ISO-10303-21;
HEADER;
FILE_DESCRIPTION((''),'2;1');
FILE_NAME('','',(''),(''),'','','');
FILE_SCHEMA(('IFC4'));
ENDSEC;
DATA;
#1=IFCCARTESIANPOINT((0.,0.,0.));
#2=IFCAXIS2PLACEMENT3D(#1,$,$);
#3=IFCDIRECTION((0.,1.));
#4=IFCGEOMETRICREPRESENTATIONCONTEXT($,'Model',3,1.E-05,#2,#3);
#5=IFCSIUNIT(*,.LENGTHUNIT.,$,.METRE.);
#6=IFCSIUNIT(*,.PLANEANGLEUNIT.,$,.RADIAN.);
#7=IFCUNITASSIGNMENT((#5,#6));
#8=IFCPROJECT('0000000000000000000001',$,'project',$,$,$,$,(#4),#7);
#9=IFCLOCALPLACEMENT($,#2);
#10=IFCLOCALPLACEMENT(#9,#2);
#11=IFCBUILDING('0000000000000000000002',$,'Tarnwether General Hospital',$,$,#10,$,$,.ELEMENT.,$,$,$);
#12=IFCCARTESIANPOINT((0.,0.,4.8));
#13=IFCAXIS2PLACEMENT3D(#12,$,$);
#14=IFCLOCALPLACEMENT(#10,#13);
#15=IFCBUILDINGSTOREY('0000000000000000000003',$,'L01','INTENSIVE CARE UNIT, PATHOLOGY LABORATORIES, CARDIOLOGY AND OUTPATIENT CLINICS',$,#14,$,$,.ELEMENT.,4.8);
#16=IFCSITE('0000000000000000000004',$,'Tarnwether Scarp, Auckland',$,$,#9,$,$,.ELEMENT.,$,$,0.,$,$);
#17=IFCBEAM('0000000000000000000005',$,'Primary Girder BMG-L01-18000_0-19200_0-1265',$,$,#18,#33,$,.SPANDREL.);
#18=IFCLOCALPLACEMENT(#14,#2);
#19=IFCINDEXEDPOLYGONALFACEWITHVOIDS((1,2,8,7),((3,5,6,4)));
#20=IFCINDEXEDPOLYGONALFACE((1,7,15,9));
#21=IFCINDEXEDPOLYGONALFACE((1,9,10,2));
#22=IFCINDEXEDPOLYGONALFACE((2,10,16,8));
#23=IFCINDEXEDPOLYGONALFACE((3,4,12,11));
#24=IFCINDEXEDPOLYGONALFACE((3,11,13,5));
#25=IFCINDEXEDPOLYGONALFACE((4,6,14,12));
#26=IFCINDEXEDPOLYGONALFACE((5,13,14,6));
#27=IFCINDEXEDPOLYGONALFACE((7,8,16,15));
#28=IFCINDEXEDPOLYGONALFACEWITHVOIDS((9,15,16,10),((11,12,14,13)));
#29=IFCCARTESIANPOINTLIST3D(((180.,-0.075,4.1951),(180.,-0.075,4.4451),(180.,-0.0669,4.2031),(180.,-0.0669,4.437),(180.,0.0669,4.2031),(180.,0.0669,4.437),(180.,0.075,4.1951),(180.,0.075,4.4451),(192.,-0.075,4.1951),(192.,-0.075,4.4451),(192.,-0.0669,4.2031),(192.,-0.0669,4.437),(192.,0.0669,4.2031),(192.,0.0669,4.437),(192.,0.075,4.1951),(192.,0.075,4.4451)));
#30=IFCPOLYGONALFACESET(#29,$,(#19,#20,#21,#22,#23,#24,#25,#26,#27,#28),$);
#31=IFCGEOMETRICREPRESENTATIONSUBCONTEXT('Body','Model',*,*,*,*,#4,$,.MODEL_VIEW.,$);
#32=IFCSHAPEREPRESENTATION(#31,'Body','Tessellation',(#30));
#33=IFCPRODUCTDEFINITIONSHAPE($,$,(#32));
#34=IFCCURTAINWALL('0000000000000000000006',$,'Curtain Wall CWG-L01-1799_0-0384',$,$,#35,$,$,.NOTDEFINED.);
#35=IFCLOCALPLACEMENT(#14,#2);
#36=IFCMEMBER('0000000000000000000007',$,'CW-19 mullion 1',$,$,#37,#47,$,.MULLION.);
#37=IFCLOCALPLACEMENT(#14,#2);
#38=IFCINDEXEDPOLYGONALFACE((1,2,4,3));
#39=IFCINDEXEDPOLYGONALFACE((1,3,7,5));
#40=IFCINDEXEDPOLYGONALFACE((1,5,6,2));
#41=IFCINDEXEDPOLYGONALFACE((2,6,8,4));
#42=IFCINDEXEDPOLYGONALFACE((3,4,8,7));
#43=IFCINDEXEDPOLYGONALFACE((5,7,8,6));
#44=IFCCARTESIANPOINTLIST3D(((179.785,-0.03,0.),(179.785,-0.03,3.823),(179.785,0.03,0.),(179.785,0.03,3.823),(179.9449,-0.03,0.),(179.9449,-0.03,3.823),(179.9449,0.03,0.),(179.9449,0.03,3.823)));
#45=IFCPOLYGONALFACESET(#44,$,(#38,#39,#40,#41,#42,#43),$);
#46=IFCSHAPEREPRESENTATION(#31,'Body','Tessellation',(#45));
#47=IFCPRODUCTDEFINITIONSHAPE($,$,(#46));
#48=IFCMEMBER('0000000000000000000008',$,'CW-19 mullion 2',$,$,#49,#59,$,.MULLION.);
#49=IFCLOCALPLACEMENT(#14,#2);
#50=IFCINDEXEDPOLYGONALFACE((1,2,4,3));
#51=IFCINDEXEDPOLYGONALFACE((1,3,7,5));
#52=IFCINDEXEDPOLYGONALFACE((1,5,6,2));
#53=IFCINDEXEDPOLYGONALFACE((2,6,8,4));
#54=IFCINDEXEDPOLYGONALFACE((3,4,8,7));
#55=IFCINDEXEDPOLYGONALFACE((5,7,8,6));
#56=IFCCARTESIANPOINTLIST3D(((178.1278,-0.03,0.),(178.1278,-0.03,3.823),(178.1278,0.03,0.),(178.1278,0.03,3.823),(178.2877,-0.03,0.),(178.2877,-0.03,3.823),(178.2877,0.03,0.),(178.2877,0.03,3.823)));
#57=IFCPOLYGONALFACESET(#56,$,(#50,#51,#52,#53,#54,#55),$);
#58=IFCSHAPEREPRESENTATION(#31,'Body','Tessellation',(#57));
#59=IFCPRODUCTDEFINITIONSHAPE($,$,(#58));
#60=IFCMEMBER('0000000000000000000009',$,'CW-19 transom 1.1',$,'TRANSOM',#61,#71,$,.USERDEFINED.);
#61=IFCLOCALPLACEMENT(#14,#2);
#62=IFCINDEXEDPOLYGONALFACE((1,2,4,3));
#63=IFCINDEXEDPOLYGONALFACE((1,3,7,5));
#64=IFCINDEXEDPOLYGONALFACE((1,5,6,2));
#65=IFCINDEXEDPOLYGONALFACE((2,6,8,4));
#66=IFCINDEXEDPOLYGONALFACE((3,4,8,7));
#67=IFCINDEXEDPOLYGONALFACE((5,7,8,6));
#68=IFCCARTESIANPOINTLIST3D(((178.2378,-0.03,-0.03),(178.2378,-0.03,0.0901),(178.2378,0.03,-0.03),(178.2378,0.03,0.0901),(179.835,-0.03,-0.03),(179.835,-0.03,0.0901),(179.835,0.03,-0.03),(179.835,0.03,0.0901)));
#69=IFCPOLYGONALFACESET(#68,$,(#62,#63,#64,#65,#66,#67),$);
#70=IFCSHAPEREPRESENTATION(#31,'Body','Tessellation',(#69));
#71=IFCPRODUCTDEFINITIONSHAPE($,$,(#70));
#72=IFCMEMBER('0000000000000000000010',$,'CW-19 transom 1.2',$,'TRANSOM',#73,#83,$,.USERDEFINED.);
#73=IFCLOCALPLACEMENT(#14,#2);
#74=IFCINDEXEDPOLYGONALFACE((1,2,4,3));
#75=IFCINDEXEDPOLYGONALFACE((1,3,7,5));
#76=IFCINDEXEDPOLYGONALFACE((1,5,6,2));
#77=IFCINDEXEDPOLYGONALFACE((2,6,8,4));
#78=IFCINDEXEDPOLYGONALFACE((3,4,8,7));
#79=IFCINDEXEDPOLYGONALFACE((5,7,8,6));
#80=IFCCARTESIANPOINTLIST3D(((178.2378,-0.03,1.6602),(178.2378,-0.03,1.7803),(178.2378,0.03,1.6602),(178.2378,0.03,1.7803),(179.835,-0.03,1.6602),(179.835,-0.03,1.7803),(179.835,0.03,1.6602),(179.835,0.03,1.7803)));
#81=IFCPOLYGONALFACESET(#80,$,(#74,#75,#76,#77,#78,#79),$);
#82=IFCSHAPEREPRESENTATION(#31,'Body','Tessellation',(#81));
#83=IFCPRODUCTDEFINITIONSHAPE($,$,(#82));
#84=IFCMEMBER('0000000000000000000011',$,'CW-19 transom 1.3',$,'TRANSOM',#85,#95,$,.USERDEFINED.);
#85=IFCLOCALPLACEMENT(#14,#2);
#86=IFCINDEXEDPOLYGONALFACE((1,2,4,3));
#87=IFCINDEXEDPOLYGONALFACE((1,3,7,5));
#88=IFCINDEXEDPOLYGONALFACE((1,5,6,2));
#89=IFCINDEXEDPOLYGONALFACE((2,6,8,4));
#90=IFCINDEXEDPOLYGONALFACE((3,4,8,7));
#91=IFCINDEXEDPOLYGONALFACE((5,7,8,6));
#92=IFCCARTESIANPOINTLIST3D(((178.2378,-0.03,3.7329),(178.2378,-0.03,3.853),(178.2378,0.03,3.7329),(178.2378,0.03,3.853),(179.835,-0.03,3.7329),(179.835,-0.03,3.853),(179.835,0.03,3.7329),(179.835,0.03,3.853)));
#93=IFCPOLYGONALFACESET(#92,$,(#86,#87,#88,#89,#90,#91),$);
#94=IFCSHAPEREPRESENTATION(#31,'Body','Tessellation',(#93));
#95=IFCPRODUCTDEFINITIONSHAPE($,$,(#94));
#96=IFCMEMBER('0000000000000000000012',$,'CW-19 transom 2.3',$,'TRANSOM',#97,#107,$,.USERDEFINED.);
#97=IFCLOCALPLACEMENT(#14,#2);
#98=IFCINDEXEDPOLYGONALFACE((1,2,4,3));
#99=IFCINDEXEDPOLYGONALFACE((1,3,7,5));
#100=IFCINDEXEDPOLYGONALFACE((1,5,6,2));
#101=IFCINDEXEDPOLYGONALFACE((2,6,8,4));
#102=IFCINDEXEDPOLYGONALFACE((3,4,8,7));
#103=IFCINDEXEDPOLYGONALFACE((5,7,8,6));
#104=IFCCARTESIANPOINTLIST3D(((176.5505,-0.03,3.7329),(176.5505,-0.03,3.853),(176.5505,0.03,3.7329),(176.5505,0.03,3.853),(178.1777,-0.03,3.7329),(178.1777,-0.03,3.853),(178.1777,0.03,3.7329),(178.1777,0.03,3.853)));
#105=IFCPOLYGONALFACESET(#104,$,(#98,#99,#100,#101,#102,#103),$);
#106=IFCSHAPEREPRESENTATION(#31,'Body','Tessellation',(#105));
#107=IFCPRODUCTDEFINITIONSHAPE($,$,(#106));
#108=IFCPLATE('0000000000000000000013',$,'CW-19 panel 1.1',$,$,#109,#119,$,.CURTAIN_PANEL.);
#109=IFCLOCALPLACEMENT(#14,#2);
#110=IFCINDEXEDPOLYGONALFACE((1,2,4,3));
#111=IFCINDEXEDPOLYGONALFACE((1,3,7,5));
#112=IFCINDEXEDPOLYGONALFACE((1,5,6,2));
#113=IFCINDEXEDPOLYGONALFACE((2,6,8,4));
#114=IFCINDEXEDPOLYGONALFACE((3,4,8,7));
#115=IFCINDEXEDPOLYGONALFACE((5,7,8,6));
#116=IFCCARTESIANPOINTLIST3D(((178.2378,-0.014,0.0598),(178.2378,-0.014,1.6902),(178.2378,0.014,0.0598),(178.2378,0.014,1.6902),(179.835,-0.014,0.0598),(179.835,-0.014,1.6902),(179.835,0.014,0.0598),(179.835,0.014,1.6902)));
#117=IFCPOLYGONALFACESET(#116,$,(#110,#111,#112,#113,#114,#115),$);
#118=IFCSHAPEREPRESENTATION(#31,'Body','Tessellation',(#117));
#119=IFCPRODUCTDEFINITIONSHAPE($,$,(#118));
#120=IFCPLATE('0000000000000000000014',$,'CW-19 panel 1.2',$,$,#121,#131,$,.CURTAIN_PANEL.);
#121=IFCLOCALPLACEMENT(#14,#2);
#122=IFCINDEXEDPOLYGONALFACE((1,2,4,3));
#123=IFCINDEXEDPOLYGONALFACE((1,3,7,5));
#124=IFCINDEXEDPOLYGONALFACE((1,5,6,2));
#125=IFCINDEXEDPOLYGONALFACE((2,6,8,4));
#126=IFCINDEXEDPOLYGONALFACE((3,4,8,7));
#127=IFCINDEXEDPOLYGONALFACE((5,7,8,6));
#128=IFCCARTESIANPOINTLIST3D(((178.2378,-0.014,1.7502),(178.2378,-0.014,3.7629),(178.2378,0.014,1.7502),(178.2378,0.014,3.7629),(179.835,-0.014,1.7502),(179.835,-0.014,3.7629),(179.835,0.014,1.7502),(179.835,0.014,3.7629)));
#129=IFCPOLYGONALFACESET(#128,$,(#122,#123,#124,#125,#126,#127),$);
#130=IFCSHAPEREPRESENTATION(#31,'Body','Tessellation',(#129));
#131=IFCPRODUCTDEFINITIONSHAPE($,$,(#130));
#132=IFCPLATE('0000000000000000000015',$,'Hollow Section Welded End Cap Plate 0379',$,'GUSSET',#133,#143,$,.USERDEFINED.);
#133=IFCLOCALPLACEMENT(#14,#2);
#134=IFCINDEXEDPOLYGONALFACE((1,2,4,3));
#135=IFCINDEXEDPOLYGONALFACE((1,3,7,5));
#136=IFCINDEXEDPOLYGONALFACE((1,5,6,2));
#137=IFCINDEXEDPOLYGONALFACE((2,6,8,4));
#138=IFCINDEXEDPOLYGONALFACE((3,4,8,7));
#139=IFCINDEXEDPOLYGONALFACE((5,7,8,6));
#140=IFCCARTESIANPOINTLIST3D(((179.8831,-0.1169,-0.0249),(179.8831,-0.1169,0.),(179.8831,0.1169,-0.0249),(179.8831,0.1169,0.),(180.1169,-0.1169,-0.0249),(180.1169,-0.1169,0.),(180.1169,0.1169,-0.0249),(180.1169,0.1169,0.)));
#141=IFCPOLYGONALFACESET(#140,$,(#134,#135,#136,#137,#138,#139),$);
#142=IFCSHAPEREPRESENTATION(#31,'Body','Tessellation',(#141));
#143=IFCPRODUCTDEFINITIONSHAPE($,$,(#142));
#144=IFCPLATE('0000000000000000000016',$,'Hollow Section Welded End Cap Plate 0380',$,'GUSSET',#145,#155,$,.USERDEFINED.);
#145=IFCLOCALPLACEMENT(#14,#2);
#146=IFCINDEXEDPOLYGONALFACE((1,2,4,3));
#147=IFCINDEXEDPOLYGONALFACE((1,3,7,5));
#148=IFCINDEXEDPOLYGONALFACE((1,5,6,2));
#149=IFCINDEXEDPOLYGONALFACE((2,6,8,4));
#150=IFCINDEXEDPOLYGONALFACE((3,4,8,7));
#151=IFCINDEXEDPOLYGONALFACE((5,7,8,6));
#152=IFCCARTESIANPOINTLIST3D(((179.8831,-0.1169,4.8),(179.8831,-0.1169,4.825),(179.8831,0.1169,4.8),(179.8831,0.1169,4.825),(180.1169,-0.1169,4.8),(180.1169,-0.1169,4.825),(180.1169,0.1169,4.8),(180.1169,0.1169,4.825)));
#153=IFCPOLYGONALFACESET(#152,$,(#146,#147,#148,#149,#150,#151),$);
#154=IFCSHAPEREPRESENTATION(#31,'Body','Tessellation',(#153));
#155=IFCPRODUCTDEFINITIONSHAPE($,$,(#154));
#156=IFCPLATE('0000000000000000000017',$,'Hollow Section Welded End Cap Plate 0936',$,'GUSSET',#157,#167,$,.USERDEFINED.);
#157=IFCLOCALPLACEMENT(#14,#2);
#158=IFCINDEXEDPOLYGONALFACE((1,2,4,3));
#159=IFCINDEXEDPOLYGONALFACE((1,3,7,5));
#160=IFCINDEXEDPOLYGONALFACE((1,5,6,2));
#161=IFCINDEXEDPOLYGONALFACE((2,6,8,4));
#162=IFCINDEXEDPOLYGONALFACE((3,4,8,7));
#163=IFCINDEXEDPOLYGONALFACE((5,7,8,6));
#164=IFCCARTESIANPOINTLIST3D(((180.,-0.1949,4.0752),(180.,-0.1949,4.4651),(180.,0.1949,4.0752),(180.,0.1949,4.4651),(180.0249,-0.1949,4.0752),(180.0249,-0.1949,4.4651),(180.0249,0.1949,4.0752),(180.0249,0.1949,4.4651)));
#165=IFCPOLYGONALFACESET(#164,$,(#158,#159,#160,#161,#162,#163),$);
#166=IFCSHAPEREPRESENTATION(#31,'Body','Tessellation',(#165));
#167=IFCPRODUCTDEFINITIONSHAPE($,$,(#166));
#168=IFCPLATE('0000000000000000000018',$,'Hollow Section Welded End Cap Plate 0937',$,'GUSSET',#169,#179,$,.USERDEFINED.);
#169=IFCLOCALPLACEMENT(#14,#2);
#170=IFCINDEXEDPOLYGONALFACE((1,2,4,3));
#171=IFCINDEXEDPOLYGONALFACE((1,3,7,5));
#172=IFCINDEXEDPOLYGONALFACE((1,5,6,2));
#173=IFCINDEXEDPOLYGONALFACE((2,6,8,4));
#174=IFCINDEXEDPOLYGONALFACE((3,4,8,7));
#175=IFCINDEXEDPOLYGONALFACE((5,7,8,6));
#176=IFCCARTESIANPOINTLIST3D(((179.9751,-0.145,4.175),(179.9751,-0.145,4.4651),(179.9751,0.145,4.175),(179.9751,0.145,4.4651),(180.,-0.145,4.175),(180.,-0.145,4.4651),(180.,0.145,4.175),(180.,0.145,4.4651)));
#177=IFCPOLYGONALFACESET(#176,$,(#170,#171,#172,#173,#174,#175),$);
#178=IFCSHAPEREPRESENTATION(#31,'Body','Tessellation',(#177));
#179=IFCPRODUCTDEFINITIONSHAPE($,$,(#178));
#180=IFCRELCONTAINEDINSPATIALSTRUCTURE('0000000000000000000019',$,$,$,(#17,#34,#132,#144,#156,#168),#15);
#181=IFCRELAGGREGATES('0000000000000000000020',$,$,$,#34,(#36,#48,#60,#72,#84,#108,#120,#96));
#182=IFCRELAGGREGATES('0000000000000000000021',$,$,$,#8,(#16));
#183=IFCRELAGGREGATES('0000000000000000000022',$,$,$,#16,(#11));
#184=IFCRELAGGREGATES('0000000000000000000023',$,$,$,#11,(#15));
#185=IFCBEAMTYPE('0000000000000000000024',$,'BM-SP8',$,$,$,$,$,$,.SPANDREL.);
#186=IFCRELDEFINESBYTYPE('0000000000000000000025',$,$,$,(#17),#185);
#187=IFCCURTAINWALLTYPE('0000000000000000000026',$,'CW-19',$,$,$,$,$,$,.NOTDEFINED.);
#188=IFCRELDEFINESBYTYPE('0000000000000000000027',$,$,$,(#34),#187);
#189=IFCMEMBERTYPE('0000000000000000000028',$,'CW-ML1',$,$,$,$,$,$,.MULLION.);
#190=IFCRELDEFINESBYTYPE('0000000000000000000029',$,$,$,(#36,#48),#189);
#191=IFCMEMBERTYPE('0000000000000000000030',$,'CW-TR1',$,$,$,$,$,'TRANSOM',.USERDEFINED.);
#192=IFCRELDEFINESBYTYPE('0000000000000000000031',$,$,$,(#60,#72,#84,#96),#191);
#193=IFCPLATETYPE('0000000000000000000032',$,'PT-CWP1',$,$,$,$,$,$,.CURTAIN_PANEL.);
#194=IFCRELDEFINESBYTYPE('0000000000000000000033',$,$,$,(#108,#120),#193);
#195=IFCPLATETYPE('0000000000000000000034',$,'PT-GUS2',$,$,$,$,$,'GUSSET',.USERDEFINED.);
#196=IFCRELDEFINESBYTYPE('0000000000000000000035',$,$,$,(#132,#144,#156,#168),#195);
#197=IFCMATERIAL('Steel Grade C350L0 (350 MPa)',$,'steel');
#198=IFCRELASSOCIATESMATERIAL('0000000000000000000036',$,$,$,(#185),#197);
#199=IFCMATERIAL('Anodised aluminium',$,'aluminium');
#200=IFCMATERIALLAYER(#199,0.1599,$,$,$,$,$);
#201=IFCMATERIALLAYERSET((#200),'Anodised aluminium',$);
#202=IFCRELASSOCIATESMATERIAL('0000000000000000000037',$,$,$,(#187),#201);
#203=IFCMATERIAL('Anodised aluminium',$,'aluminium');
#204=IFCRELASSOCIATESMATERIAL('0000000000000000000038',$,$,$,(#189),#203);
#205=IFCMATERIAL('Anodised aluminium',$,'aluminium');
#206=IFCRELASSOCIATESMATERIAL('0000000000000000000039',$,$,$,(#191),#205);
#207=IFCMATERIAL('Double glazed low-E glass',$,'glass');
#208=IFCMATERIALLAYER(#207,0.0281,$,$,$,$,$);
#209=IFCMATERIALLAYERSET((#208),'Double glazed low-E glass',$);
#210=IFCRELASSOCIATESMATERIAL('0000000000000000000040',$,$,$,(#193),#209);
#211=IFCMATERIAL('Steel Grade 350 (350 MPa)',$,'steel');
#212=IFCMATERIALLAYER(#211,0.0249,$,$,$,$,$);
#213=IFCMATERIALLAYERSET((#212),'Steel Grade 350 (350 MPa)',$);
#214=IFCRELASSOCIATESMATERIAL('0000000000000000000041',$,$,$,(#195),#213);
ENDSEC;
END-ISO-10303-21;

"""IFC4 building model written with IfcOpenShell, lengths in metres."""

from ifc_helpers import new_model, si_unit, direction, frame, origin, origin_2d, place, context, subcontext, project, spatial, rectangle, hollow_rectangle, extrude, material, layer, layer_set, material_profile, profile_set, type_object, element, aggregate, save


model = new_model("IFC4")

# Units and contexts
model_context = context("Model", 3, precision=1e-05, world=origin(), true_north=direction((0.0, 1.0)))
body_context = subcontext(model_context, "Body", "Model", "MODEL_VIEW")
ifc_project = project(units=[si_unit("LENGTHUNIT", "METRE"), si_unit("PLANEANGLEUNIT", "RADIAN")], contexts=[model_context])

# Site, building, storey
site_placement = place(None, origin())
site = spatial("IfcSite", under=ifc_project, at=site_placement, Name="Tarnwether Scarp, Auckland", CompositionType="ELEMENT", RefElevation=0.0)
building_placement = place(site_placement, origin())
building = spatial("IfcBuilding", under=site, at=building_placement, Name="Tarnwether General Hospital", CompositionType="ELEMENT")
storey_placement = place(building_placement, frame((0.0, 0.0, 4.8)))
storey = spatial("IfcBuildingStorey", under=building, at=storey_placement, Name="L01", Description="INTENSIVE CARE UNIT, PATHOLOGY LABORATORIES, CARDIOLOGY AND OUTPATIENT CLINICS", CompositionType="ELEMENT", Elevation=4.8)

# Beam
ifc_material_1 = material(Name="Steel Grade C350L0 (350 MPa)", Category="steel")
ifc_material_profile_1 = material_profile(ifc_material_1, hollow_rectangle(XDim=0.1499, YDim=0.25, WallThickness=0.0081, at=origin_2d()), Name="RHS250x150x8")
ifc_profile_set_1 = profile_set([ifc_material_profile_1], Name="Steel Grade C350L0 (350 MPa)")
beam_type_1 = type_object("IfcBeamType", Name="BM-SP8", PredefinedType="SPANDREL", material=ifc_profile_set_1)
beam_1_placement = place(storey_placement, frame((180.0, 0.0, 4.3201), z_axis=(1.0, 0.0, 0.0), x_axis=(0.0, 1.0, 0.0)))
element("IfcBeam", 1, at=beam_1_placement, inside=storey, type_object=beam_type_1, Name="Primary Girder BMG-L01-18000_0-19200_0-1265", PredefinedType="SPANDREL", context=body_context, shape_type="SweptSolid", body=[
    extrude(hollow_rectangle(XDim=0.1499, YDim=0.25, WallThickness=0.0081, at=origin_2d()), origin(), (0.0, 0.0, 1.0), 12.0),
])

# Curtain wall, members, plates
ifc_material_2 = material(Name="Anodised aluminium", Category="aluminium")
ifc_layer_1 = layer(ifc_material_2, 0.1599)
ifc_layer_set_1 = layer_set([ifc_layer_1], Name="Anodised aluminium")
curtain_wall_type = type_object("IfcCurtainWallType", Name="CW-19", PredefinedType="NOTDEFINED", material=ifc_layer_set_1)
curtain_wall_placement = place(storey_placement, origin())
curtain_wall = element("IfcCurtainWall", 2, at=curtain_wall_placement, inside=storey, type_object=curtain_wall_type, Name="Curtain Wall CWG-L01-1799_0-0384", PredefinedType="NOTDEFINED")
ifc_material_3 = material(Name="Anodised aluminium", Category="aluminium")
ifc_material_profile_2 = material_profile(ifc_material_3, rectangle(XDim=0.0601, YDim=0.1599, at=origin_2d()), Name="ALU-MUL-60x160")
ifc_profile_set_2 = profile_set([ifc_material_profile_2], Name="Anodised aluminium")
member_type_1 = type_object("IfcMemberType", Name="CW-ML1", PredefinedType="MULLION", material=ifc_profile_set_2)
member_1_placement = place(storey_placement, frame((179.865, 0.0, 0.0), z_axis=(0.0, 0.0, 1.0), x_axis=(0.0, -1.0, 0.0)))
member_1 = element("IfcMember", 3, at=member_1_placement, type_object=member_type_1, Name="CW-19 mullion 1", PredefinedType="MULLION", context=body_context, shape_type="SweptSolid", body=[
    extrude(rectangle(XDim=0.0601, YDim=0.1599, at=origin_2d()), origin(), (0.0, 0.0, 1.0), 3.823),
])
member_2_placement = place(storey_placement, frame((178.2078, 0.0, 0.0), z_axis=(0.0, 0.0, 1.0), x_axis=(0.0, -1.0, 0.0)))
member_2 = element("IfcMember", 4, at=member_2_placement, type_object=member_type_1, Name="CW-19 mullion 2", PredefinedType="MULLION", context=body_context, shape_type="SweptSolid", body=[
    extrude(rectangle(XDim=0.0601, YDim=0.1599, at=origin_2d()), origin(), (0.0, 0.0, 1.0), 3.823),
])
ifc_material_4 = material(Name="Anodised aluminium", Category="aluminium")
ifc_material_profile_3 = material_profile(ifc_material_4, rectangle(XDim=0.0601, YDim=0.1201, at=origin_2d()), Name="ALU-TRN-60x120")
ifc_profile_set_3 = profile_set([ifc_material_profile_3], Name="Anodised aluminium")
member_type_2 = type_object("IfcMemberType", Name="CW-TR1", ElementType="TRANSOM", PredefinedType="USERDEFINED", material=ifc_profile_set_3)
member_3_placement = place(storey_placement, frame((179.835, 0.0, 0.03), z_axis=(-1.0, 0.0, 0.0), x_axis=(0.0, -1.0, 0.0)))
member_3 = element("IfcMember", 5, at=member_3_placement, type_object=member_type_2, Name="CW-19 transom 1.1", ObjectType="TRANSOM", PredefinedType="USERDEFINED", context=body_context, shape_type="SweptSolid", body=[
    extrude(rectangle(XDim=0.0601, YDim=0.1201, at=origin_2d()), origin(), (0.0, 0.0, 1.0), 1.5972),
])
member_4_placement = place(storey_placement, frame((179.835, 0.0, 1.7202), z_axis=(-1.0, 0.0, 0.0), x_axis=(0.0, -1.0, 0.0)))
member_4 = element("IfcMember", 6, at=member_4_placement, type_object=member_type_2, Name="CW-19 transom 1.2", ObjectType="TRANSOM", PredefinedType="USERDEFINED", context=body_context, shape_type="SweptSolid", body=[
    extrude(rectangle(XDim=0.0601, YDim=0.1201, at=origin_2d()), origin(), (0.0, 0.0, 1.0), 1.5972),
])
member_5_placement = place(storey_placement, frame((179.835, 0.0, 3.793), z_axis=(-1.0, 0.0, 0.0), x_axis=(0.0, -1.0, 0.0)))
member_5 = element("IfcMember", 7, at=member_5_placement, type_object=member_type_2, Name="CW-19 transom 1.3", ObjectType="TRANSOM", PredefinedType="USERDEFINED", context=body_context, shape_type="SweptSolid", body=[
    extrude(rectangle(XDim=0.0601, YDim=0.1201, at=origin_2d()), origin(), (0.0, 0.0, 1.0), 1.5972),
])
member_6_placement = place(storey_placement, frame((178.1777, 0.0, 3.793), z_axis=(-1.0, 0.0, 0.0), x_axis=(0.0, -1.0, 0.0)))
member_6 = element("IfcMember", 8, at=member_6_placement, type_object=member_type_2, Name="CW-19 transom 2.3", ObjectType="TRANSOM", PredefinedType="USERDEFINED", context=body_context, shape_type="SweptSolid", body=[
    extrude(rectangle(XDim=0.0601, YDim=0.1201, at=origin_2d()), origin(), (0.0, 0.0, 1.0), 1.6272),
])
ifc_material_5 = material(Name="Double glazed low-E glass", Category="glass")
ifc_layer_2 = layer(ifc_material_5, 0.0281)
ifc_layer_set_2 = layer_set([ifc_layer_2], Name="Double glazed low-E glass")
plate_type_1 = type_object("IfcPlateType", Name="PT-CWP1", PredefinedType="CURTAIN_PANEL", material=ifc_layer_set_2)
plate_1_placement = place(storey_placement, frame((179.0364, 0.0, 0.0598), z_axis=(0.0, 0.0, 1.0), x_axis=(-1.0, 0.0, 0.0)))
plate_1 = element("IfcPlate", 9, at=plate_1_placement, type_object=plate_type_1, Name="CW-19 panel 1.1", PredefinedType="CURTAIN_PANEL", context=body_context, shape_type="SweptSolid", body=[
    extrude(rectangle(XDim=1.5972, YDim=0.0281, at=origin_2d()), origin(), (0.0, 0.0, 1.0), 1.6304),
])
plate_2_placement = place(storey_placement, frame((179.0364, 0.0, 1.7502), z_axis=(0.0, 0.0, 1.0), x_axis=(-1.0, 0.0, 0.0)))
plate_2 = element("IfcPlate", 10, at=plate_2_placement, type_object=plate_type_1, Name="CW-19 panel 1.2", PredefinedType="CURTAIN_PANEL", context=body_context, shape_type="SweptSolid", body=[
    extrude(rectangle(XDim=1.5972, YDim=0.0281, at=origin_2d()), origin(), (0.0, 0.0, 1.0), 2.0127),
])
aggregate(curtain_wall, [member_1, member_2, member_3, member_4, member_5, plate_1, plate_2, member_6])

# Plates
ifc_material_6 = material(Name="Steel Grade 350 (350 MPa)", Category="steel")
ifc_layer_3 = layer(ifc_material_6, 0.0249)
ifc_layer_set_3 = layer_set([ifc_layer_3], Name="Steel Grade 350 (350 MPa)")
plate_type_2 = type_object("IfcPlateType", Name="PT-GUS2", ElementType="GUSSET", PredefinedType="USERDEFINED", material=ifc_layer_set_3)
for number, where, z_axis, x_axis, name in (
    (11, (180.0, 0.0, -0.0249), (0.0, 0.0, 1.0), (1.0, 0.0, 0.0), "Hollow Section Welded End Cap Plate 0379"),
    (12, (180.0, 0.0, 4.8), (0.0, 0.0, 1.0), (1.0, 0.0, 0.0), "Hollow Section Welded End Cap Plate 0380"),
):
    element("IfcPlate", number, at=place(storey_placement, frame(where, z_axis=z_axis, x_axis=x_axis)), inside=storey, type_object=plate_type_2, Name=name, ObjectType="GUSSET", PredefinedType="USERDEFINED", context=body_context, shape_type="SweptSolid", body=[
        extrude(rectangle(XDim=0.2339, YDim=0.2339, at=origin_2d()), origin(), (0.0, 0.0, 1.0), 0.0249),
    ])
plate_3_placement = place(storey_placement, frame((180.0125, 0.0, 4.0752), z_axis=(0.0, 0.0, 1.0), x_axis=(1.0, 0.0, 0.0)))
element("IfcPlate", 13, at=plate_3_placement, inside=storey, type_object=plate_type_2, Name="Hollow Section Welded End Cap Plate 0936", ObjectType="GUSSET", PredefinedType="USERDEFINED", context=body_context, shape_type="SweptSolid", body=[
    extrude(rectangle(XDim=0.0249, YDim=0.3899, at=origin_2d()), origin(), (0.0, 0.0, 1.0), 0.3899),
])
plate_4_placement = place(storey_placement, frame((179.9875, 0.0, 4.175), z_axis=(0.0, 0.0, 1.0), x_axis=(1.0, 0.0, 0.0)))
element("IfcPlate", 14, at=plate_4_placement, inside=storey, type_object=plate_type_2, Name="Hollow Section Welded End Cap Plate 0937", ObjectType="GUSSET", PredefinedType="USERDEFINED", context=body_context, shape_type="SweptSolid", body=[
    extrude(rectangle(XDim=0.0249, YDim=0.29, at=origin_2d()), origin(), (0.0, 0.0, 1.0), 0.29),
])

save(model, "model.ifc")
